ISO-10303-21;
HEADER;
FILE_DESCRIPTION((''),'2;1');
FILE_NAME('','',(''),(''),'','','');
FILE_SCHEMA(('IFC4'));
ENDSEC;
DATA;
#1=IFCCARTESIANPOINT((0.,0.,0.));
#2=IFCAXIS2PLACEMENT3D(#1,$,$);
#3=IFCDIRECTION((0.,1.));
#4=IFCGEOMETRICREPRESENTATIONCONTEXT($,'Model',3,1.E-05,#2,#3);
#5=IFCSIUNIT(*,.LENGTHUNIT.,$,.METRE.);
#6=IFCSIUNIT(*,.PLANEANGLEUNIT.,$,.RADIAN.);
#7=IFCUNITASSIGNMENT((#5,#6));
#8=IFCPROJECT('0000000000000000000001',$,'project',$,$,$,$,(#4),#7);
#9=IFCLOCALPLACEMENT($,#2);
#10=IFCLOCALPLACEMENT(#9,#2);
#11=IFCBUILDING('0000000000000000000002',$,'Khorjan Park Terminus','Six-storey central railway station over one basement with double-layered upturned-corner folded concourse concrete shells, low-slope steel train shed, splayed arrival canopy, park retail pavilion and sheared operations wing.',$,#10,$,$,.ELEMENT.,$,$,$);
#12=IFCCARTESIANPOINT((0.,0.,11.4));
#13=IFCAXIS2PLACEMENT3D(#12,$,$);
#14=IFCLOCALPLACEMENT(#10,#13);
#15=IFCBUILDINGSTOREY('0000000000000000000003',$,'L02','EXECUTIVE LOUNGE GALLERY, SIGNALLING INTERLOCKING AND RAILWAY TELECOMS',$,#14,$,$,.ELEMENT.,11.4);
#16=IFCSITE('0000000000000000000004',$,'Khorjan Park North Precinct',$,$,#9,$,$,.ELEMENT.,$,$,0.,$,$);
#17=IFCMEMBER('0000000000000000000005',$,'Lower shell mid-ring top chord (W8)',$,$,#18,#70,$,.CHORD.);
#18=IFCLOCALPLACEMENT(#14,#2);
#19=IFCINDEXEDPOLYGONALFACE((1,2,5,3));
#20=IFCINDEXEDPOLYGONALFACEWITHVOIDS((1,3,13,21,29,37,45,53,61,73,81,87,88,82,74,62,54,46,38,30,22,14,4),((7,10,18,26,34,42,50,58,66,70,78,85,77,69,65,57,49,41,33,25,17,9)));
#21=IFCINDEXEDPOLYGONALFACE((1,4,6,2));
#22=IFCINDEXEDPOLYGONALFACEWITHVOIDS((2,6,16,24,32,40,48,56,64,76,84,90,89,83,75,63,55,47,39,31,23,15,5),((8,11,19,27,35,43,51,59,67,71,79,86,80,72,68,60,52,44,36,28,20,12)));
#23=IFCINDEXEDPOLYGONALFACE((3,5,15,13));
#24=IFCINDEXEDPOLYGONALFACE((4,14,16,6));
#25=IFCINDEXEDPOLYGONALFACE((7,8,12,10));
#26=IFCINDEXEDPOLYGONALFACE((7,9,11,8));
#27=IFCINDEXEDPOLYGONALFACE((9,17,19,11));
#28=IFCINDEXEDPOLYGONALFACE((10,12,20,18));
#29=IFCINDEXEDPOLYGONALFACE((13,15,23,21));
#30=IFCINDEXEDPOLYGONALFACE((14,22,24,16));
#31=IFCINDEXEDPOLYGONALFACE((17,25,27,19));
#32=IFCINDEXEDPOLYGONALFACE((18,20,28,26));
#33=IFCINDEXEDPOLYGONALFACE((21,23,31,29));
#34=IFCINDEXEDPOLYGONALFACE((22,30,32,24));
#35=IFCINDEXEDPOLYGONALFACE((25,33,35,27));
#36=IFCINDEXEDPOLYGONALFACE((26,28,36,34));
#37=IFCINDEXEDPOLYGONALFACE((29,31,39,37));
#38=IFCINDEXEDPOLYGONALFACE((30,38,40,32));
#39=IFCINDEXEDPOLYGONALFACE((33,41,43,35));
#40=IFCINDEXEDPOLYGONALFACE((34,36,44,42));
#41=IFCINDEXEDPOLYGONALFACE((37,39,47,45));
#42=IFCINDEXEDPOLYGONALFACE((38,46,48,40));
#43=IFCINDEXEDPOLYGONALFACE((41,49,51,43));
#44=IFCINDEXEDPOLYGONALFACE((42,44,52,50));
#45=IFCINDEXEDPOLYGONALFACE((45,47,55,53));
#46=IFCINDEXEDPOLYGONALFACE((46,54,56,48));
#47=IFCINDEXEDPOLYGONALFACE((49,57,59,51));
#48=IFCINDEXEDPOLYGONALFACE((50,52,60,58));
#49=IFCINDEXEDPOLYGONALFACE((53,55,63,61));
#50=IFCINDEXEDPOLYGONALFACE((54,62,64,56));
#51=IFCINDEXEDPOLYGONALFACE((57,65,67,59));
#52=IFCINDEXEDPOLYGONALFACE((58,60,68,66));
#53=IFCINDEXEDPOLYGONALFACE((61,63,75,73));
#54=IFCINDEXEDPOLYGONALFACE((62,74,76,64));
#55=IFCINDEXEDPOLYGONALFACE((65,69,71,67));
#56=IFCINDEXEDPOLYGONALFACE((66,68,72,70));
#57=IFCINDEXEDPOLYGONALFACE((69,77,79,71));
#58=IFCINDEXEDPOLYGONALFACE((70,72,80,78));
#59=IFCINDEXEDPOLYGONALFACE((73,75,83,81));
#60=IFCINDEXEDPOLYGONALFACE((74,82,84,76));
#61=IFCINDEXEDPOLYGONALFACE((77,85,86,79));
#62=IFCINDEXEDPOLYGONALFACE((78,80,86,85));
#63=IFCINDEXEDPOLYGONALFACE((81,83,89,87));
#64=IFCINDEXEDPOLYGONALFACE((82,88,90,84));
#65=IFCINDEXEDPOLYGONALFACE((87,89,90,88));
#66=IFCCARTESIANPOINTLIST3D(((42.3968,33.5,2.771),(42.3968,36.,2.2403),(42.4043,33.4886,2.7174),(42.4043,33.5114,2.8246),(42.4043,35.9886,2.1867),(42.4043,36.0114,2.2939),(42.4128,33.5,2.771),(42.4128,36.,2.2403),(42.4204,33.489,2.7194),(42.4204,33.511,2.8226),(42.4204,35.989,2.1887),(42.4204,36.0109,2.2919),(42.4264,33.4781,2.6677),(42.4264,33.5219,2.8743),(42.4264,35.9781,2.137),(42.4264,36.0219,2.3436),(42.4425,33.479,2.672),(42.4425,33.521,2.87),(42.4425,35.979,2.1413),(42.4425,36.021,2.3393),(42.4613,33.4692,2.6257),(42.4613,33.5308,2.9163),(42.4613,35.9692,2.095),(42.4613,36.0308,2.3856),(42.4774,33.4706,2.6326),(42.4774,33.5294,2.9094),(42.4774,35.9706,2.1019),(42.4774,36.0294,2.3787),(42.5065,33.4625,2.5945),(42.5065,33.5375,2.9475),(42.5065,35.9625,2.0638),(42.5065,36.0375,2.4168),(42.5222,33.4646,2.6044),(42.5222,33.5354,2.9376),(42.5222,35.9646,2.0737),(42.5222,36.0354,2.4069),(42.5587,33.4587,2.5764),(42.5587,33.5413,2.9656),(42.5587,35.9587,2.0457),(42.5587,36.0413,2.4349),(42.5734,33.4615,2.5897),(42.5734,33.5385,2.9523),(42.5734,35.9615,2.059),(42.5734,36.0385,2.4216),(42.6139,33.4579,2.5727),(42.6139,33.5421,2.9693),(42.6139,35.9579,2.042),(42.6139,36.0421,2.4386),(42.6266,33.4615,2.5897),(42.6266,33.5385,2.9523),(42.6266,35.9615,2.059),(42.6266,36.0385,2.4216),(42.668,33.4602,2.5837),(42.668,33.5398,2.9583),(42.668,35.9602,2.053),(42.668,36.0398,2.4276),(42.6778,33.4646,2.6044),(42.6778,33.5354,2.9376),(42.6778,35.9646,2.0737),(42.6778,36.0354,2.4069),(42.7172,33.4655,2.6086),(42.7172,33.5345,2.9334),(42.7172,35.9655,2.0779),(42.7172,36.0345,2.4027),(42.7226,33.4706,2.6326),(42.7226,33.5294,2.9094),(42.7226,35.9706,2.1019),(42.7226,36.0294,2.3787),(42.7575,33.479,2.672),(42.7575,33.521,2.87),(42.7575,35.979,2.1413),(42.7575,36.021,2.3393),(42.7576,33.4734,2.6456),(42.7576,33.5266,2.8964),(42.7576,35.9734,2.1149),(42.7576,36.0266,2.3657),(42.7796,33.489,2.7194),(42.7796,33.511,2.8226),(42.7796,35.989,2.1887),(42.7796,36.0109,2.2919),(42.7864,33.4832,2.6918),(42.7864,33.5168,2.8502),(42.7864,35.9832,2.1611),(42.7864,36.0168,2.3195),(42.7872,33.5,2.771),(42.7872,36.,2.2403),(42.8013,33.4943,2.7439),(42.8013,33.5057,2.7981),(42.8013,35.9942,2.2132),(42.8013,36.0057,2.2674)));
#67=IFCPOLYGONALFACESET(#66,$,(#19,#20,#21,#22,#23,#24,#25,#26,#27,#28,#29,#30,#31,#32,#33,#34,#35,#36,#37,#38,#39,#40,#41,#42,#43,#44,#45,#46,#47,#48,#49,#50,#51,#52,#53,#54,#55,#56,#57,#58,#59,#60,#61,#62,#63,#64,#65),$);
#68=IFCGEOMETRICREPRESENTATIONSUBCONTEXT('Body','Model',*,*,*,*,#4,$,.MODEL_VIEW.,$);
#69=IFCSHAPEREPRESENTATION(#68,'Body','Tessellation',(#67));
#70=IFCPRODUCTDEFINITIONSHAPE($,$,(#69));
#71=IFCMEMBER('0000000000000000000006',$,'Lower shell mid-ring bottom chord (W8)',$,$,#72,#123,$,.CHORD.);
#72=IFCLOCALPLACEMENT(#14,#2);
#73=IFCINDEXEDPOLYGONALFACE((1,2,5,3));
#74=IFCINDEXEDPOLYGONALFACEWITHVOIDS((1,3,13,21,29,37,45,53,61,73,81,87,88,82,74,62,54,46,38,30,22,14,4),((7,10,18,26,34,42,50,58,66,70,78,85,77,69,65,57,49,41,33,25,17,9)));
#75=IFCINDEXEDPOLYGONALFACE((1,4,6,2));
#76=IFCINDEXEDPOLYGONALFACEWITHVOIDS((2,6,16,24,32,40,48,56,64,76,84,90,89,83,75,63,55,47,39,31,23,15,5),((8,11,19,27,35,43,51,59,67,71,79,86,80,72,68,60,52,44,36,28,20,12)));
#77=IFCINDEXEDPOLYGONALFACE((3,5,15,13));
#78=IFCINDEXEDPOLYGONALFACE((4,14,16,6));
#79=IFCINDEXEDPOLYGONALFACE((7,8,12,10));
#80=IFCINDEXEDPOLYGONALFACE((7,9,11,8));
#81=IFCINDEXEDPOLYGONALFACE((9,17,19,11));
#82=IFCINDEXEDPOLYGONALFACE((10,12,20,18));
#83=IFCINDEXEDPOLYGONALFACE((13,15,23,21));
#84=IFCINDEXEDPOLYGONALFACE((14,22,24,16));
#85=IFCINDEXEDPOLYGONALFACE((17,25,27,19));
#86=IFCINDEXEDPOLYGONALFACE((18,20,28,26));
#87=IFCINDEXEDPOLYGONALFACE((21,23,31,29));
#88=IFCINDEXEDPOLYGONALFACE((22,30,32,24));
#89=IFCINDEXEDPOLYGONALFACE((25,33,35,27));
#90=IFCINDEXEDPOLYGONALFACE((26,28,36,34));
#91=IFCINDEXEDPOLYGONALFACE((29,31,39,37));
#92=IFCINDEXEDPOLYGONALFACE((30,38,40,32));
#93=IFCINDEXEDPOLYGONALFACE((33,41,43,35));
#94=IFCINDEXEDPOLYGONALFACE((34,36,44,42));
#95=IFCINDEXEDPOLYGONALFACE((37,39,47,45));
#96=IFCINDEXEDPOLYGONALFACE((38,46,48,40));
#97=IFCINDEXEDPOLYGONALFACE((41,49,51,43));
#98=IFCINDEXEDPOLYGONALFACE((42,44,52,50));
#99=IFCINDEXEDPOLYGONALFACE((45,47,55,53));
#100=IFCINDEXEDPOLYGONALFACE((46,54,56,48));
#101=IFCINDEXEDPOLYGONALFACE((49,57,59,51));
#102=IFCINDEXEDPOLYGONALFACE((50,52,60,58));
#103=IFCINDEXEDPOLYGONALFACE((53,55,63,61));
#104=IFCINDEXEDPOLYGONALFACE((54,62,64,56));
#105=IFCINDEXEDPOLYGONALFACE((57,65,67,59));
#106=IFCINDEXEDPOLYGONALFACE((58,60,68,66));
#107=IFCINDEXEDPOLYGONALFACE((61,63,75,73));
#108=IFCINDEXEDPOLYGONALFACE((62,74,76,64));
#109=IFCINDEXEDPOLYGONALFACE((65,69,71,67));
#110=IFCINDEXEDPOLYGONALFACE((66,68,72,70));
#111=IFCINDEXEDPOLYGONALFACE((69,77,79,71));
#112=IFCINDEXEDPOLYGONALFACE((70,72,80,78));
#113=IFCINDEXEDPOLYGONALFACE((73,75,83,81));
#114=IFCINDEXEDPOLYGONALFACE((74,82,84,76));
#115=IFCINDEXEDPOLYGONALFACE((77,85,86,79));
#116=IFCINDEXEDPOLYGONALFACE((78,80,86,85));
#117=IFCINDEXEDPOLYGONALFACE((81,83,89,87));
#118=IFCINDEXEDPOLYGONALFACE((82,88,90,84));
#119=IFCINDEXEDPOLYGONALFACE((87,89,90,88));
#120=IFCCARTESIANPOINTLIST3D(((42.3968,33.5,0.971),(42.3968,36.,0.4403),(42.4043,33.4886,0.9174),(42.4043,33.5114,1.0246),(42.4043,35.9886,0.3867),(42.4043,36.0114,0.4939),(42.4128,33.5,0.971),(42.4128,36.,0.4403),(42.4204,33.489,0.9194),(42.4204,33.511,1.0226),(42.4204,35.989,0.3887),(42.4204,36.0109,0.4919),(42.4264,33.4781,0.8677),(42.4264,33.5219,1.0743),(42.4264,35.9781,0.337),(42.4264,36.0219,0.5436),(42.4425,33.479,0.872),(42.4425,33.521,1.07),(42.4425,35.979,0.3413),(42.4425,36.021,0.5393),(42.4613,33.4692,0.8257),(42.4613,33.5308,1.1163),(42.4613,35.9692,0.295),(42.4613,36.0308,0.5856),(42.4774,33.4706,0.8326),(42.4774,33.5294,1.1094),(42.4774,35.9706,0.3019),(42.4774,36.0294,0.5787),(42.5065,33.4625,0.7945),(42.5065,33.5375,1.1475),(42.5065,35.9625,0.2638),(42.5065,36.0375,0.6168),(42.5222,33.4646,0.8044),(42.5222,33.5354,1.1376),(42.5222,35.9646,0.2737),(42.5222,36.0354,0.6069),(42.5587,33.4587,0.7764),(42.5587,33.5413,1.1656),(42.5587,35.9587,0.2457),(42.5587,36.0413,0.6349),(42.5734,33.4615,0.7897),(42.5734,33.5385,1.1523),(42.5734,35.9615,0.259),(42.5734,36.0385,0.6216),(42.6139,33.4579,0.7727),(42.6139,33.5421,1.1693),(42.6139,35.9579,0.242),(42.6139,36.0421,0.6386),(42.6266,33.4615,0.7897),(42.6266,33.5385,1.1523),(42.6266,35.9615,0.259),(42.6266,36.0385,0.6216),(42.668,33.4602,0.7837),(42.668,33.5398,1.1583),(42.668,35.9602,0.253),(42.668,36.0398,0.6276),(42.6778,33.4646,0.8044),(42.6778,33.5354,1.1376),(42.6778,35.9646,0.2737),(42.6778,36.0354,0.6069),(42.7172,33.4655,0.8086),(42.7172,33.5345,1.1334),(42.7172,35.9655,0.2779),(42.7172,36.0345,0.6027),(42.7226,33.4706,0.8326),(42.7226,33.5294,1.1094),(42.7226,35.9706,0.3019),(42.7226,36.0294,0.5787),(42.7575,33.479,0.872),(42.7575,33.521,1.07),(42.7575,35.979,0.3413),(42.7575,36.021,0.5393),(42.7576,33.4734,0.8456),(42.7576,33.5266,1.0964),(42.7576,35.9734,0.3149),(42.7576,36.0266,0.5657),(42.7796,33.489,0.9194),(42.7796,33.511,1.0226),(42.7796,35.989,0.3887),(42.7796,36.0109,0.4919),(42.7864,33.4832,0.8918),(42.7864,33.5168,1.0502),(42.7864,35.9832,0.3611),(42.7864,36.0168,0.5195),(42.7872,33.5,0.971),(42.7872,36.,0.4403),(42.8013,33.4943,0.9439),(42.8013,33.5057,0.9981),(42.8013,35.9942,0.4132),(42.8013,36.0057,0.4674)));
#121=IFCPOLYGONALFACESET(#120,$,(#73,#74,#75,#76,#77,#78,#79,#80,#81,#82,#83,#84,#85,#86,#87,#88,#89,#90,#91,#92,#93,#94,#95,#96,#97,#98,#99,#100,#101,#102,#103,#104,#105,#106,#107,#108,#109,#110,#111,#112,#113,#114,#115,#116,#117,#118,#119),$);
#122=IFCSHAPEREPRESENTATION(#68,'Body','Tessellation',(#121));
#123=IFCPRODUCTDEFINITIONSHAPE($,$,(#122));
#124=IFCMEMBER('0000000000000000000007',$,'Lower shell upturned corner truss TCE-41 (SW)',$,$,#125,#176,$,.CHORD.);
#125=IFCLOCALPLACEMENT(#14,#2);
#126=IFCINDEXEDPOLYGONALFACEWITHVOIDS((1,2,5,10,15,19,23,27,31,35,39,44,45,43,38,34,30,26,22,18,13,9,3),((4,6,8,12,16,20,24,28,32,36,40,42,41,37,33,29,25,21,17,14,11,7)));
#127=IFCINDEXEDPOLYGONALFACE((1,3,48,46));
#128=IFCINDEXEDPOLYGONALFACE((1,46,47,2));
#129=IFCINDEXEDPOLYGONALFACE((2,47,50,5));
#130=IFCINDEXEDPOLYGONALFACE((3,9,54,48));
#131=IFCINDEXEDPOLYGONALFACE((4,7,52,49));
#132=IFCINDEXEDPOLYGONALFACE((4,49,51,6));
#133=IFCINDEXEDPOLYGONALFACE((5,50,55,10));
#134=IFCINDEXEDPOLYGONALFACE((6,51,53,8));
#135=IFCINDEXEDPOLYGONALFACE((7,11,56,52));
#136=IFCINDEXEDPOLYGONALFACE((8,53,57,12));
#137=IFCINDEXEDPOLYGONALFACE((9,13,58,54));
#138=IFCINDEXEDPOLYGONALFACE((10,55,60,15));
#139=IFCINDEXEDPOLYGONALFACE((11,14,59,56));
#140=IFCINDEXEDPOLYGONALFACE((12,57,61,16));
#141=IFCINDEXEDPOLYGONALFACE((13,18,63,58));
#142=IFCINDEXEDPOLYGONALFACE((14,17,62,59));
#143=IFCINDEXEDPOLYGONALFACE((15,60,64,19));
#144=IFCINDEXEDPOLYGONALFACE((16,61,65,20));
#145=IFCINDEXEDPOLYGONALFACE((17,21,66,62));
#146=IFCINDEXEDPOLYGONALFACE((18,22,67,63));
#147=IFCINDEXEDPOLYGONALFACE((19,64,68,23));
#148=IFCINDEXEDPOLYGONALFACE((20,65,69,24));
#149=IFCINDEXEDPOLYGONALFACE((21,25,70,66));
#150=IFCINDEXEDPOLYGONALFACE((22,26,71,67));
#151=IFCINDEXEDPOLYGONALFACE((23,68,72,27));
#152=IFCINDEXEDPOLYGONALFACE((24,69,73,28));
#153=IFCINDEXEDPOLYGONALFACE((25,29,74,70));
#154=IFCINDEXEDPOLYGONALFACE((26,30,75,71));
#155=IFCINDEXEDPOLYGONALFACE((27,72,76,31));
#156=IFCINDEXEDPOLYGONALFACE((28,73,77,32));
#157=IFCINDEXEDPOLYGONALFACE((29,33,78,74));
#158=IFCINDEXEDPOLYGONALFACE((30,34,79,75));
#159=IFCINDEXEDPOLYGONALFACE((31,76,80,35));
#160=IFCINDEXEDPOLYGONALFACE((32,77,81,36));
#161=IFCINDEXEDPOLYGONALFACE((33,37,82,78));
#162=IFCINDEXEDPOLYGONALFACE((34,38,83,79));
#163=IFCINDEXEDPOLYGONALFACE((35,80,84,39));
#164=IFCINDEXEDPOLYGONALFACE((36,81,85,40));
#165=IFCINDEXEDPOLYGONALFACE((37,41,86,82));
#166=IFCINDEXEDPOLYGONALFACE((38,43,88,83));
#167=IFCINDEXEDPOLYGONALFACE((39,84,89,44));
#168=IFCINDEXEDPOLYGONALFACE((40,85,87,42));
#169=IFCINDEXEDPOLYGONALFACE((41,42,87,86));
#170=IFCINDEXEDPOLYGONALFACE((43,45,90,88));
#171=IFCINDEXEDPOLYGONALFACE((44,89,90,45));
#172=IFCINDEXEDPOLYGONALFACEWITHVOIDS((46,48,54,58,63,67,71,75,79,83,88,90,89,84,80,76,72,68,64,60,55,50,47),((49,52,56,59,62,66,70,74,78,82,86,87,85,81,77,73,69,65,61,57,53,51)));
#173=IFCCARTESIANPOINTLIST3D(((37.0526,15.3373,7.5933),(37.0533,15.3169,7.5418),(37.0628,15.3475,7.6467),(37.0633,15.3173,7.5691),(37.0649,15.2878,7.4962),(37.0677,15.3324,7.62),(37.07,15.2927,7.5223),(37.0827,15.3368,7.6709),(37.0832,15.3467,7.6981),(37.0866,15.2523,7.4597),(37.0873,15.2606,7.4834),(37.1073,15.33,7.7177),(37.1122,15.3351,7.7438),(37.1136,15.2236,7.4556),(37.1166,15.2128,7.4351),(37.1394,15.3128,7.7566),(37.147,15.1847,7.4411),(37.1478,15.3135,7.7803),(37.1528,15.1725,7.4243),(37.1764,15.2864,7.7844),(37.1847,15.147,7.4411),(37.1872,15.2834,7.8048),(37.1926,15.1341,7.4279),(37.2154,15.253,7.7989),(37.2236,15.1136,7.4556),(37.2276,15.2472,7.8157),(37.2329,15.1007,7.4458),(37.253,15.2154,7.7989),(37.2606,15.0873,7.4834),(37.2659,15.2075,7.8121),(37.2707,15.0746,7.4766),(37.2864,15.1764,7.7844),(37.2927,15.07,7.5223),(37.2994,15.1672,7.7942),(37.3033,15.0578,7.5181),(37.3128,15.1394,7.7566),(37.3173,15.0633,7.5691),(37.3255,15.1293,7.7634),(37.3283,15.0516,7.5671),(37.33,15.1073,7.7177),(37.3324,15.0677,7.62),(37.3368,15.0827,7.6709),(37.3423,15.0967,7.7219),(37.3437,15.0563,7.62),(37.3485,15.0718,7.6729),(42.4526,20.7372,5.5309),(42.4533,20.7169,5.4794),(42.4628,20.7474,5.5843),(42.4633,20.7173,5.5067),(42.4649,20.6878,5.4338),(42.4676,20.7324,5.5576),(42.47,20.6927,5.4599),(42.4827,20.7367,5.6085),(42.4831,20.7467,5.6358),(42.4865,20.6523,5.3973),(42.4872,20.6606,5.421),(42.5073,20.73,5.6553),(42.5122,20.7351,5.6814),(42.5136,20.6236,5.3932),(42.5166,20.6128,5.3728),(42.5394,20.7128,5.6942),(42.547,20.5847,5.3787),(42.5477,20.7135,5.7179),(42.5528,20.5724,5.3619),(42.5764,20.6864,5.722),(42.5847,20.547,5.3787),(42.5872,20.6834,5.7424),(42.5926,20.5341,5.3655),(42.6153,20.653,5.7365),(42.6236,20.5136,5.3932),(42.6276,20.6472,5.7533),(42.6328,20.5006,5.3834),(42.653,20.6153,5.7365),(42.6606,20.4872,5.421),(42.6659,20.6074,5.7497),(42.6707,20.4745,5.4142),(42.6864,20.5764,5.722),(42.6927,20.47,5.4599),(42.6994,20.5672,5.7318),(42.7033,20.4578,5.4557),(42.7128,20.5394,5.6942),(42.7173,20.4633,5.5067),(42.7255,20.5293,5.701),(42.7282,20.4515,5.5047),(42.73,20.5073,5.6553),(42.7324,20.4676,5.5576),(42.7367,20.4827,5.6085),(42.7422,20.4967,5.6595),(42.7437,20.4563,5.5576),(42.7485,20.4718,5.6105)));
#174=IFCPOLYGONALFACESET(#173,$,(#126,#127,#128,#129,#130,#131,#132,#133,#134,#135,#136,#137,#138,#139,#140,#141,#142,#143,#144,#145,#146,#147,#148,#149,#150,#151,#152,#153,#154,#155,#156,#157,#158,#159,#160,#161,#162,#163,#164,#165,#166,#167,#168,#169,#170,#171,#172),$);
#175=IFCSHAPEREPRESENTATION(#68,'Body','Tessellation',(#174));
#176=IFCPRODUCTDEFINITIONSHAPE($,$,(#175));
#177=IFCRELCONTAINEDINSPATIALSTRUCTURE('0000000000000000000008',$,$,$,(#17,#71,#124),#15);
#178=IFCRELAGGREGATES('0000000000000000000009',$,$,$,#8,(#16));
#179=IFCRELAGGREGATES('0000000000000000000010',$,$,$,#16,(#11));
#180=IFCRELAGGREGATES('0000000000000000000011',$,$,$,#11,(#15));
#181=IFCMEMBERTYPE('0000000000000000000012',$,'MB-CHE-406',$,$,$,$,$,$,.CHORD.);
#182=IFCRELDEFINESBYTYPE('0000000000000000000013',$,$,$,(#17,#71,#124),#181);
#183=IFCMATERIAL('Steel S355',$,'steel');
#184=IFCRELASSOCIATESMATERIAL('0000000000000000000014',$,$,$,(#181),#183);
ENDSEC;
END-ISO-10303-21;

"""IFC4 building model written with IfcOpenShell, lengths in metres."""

from ifc_helpers import new_model, si_unit, direction, frame, origin, origin_2d, place, context, subcontext, project, spatial, hollow_circle, extrude, material, material_profile, profile_set, type_object, element, save


model = new_model("IFC4")

# Units and contexts
model_context = context("Model", 3, precision=1e-05, world=origin(), true_north=direction((0.0, 1.0)))
body_context = subcontext(model_context, "Body", "Model", "MODEL_VIEW")
ifc_project = project(units=[si_unit("LENGTHUNIT", "METRE"), si_unit("PLANEANGLEUNIT", "RADIAN")], contexts=[model_context])

# Site, building, storey
site_placement = place(None, origin())
site = spatial("IfcSite", under=ifc_project, at=site_placement, Name="Khorjan Park North Precinct", CompositionType="ELEMENT", RefElevation=0.0)
building_placement = place(site_placement, origin())
building = spatial("IfcBuilding", under=site, at=building_placement, Name="Khorjan Park Terminus", Description="Six-storey central railway station over one basement with double-layered upturned-corner folded concourse concrete shells, low-slope steel train shed, splayed arrival canopy, park retail pavilion and sheared operations wing.", CompositionType="ELEMENT")
storey_placement = place(building_placement, frame((0.0, 0.0, 11.4)))
storey = spatial("IfcBuildingStorey", under=building, at=storey_placement, Name="L02", Description="EXECUTIVE LOUNGE GALLERY, SIGNALLING INTERLOCKING AND RAILWAY TELECOMS", CompositionType="ELEMENT", Elevation=11.4)

# Members
ifc_material_1 = material(Name="Steel S355", Category="steel")
ifc_material_profile_1 = material_profile(ifc_material_1, hollow_circle(Radius=0.2032, WallThickness=0.016, at=origin_2d()), Name="CHS 406.4x16")
ifc_profile_set_1 = profile_set([ifc_material_profile_1], Name="Steel S355")
member_type_1 = type_object("IfcMemberType", Name="MB-CHE-406", PredefinedType="CHORD", material=ifc_profile_set_1)
for number, where, z_axis, x_axis, name in (
    (1, (42.6, 33.5, 2.771), (0.0, 0.978203, -0.207653), (-1.0, 0.0, 0.0), "Lower shell mid-ring top chord (W8)"),
    (2, (42.6, 33.5, 0.971), (0.0, 0.978203, -0.207653), (-1.0, 0.0, 0.0), "Lower shell mid-ring bottom chord (W8)"),
):
    element("IfcMember", number, at=place(storey_placement, frame(where, z_axis=z_axis, x_axis=x_axis)), inside=storey, type_object=member_type_1, Name=name, PredefinedType="CHORD", context=body_context, shape_type="SweptSolid", body=[
        extrude(hollow_circle(Radius=0.2032, WallThickness=0.016, at=origin_2d()), origin(), (0.0, 0.0, 1.0), 2.5557),
    ])
for number, where, z_axis, x_axis, name in (
    (3, (42.6, 20.6, 5.5576), (-0.682651, -0.682651, 0.260722), (0.707107, -0.707107, 0.0), "Lower shell upturned corner truss TCE-41 (SW)"),
):
    element("IfcMember", number, at=place(storey_placement, frame(where, z_axis=z_axis, x_axis=x_axis)), inside=storey, type_object=member_type_1, Name=name, PredefinedType="CHORD", context=body_context, shape_type="SweptSolid", body=[
        extrude(hollow_circle(Radius=0.2032, WallThickness=0.016, at=origin_2d()), origin(), (0.0, 0.0, 1.0), 7.9103),
    ])

save(model, "model.ifc")
